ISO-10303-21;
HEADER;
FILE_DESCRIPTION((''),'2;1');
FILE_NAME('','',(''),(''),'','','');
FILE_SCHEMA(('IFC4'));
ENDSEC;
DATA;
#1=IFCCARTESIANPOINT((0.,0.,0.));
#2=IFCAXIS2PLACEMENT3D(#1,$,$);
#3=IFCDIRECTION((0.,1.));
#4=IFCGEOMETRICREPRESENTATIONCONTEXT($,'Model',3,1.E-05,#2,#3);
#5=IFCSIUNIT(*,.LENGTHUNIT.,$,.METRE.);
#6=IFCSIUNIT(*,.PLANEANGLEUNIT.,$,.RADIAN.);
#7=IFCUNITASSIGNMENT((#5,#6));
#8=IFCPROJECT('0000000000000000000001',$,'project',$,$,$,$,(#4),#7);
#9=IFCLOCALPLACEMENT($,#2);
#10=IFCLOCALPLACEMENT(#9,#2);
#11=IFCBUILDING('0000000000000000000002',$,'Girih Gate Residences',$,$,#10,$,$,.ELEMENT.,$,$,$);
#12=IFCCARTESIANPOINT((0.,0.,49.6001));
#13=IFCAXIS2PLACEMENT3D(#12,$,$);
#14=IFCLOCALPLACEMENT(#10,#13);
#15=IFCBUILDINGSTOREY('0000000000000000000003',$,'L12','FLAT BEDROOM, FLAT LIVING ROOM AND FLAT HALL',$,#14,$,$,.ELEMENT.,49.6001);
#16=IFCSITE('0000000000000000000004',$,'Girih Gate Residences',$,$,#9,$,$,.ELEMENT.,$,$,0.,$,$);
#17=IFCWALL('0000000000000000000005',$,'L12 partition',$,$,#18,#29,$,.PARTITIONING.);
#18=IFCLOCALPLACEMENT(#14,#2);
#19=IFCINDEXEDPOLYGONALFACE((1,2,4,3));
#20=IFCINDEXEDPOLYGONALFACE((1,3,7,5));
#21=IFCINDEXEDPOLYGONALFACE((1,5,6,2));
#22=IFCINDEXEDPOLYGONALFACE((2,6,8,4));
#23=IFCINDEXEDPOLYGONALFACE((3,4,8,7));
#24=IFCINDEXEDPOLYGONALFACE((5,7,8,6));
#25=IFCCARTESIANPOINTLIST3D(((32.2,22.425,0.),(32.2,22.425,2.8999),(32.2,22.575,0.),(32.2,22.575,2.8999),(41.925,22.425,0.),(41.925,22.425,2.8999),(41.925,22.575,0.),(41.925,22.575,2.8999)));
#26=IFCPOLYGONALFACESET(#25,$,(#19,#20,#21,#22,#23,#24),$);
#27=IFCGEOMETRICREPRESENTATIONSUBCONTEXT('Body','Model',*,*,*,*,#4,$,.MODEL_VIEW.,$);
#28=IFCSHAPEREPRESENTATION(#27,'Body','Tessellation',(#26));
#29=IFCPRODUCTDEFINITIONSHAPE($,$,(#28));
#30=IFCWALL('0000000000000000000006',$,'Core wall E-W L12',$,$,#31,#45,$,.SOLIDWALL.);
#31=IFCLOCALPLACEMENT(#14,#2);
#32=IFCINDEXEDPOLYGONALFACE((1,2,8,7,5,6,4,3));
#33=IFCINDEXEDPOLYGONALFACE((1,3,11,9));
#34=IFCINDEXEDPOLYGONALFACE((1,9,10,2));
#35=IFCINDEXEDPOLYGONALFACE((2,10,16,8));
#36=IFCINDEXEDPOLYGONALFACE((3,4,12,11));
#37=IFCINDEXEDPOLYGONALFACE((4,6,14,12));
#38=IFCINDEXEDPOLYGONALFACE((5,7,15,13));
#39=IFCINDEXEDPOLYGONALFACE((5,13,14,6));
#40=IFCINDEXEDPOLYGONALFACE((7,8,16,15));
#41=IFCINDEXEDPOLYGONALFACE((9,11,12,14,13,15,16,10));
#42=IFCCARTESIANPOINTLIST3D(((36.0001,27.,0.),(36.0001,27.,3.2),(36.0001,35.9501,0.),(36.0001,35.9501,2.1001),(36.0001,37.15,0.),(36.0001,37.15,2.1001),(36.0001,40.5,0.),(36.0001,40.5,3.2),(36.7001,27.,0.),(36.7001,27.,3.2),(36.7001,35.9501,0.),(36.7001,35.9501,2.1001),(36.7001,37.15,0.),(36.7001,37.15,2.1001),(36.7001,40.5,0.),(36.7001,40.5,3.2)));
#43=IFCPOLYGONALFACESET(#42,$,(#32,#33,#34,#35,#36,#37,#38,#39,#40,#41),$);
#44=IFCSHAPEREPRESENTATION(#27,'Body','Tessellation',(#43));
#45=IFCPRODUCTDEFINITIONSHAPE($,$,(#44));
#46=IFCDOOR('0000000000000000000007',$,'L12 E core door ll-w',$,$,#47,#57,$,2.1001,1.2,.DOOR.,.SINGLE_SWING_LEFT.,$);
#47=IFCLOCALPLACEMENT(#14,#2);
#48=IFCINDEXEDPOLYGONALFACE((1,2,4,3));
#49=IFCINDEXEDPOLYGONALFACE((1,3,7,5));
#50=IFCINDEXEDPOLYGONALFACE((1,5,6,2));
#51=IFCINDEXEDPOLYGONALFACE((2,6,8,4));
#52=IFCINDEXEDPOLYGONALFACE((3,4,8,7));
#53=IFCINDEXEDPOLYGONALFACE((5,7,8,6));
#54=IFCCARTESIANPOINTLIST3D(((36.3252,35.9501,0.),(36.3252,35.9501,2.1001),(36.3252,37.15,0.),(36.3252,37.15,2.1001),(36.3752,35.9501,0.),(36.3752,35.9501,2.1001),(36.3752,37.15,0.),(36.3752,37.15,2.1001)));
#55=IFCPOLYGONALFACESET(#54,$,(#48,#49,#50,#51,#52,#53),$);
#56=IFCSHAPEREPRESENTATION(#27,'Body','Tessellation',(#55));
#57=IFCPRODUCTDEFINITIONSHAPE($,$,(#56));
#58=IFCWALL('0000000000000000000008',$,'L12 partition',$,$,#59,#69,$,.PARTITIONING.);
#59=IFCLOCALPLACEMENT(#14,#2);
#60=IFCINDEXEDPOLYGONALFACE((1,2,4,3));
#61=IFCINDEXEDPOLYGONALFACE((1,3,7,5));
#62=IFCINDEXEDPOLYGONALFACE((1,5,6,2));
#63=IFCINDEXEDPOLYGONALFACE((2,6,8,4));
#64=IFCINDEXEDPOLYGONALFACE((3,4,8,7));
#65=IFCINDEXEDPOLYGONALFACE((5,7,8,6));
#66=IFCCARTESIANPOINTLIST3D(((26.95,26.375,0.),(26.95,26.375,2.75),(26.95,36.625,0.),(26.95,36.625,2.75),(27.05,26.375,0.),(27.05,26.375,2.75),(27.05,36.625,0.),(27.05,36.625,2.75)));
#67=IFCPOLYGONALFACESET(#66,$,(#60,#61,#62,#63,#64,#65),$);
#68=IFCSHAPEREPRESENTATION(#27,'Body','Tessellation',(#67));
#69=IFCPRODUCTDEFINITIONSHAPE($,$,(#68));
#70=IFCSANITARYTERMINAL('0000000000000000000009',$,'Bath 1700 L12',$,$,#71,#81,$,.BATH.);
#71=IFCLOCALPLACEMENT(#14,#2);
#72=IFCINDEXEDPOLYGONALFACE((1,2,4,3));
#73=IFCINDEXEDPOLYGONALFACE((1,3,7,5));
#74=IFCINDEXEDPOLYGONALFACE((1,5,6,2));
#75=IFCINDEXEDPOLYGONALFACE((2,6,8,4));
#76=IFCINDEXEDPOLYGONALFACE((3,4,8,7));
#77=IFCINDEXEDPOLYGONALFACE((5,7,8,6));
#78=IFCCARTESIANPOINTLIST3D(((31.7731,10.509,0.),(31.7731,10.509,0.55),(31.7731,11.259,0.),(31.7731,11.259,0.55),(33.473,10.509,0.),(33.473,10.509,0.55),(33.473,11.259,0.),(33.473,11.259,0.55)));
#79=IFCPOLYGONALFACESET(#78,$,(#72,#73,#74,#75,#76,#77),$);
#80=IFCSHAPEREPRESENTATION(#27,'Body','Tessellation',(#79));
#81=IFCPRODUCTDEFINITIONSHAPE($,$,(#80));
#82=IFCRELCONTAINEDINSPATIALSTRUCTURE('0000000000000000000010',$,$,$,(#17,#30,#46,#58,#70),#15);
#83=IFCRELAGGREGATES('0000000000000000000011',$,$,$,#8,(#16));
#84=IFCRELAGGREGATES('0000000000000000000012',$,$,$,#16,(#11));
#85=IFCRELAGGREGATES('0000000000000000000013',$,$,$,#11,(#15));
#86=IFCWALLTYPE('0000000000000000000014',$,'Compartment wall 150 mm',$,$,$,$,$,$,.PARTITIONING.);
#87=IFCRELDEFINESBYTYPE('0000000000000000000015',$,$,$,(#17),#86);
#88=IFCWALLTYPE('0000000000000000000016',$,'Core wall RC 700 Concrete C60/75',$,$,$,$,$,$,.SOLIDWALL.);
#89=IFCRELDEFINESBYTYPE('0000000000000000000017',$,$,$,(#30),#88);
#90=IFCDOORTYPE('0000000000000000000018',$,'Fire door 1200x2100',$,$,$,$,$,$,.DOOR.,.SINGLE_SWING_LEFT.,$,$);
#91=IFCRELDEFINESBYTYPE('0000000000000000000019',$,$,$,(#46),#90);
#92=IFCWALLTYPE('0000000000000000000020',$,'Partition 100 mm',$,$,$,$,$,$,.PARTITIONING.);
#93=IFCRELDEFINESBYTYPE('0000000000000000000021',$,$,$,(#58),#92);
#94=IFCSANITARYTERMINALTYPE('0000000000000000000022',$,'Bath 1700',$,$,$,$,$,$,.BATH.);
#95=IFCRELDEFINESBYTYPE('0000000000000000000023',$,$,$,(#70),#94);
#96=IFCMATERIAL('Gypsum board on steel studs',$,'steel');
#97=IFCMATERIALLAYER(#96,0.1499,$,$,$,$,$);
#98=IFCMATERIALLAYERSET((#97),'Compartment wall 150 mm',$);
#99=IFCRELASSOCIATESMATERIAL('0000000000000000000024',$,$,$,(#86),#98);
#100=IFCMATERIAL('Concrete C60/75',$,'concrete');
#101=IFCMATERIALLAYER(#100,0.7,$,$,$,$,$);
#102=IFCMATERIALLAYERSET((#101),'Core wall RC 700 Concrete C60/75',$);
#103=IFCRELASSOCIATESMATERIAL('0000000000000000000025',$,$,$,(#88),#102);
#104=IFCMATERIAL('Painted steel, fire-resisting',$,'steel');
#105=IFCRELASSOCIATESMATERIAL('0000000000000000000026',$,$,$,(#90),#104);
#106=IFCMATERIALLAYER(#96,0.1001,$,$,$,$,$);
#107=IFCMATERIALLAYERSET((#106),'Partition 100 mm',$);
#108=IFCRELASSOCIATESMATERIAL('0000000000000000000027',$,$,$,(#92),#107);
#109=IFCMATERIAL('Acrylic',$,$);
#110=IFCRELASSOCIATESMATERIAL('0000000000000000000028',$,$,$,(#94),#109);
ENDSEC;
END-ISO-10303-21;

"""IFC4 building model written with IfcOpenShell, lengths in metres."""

from ifc_helpers import new_model, si_unit, direction, frame, frame_2d, origin, origin_2d, place, context, subcontext, project, spatial, rectangle, extrude, material, layer, layer_set, type_object, element, fill, save


model = new_model("IFC4")

# Units and contexts
model_context = context("Model", 3, precision=1e-05, world=origin(), true_north=direction((0.0, 1.0)))
body_context = subcontext(model_context, "Body", "Model", "MODEL_VIEW")
ifc_project = project(units=[si_unit("LENGTHUNIT", "METRE"), si_unit("PLANEANGLEUNIT", "RADIAN")], contexts=[model_context])

# Site, building, storey
site_placement = place(None, origin())
site = spatial("IfcSite", under=ifc_project, at=site_placement, Name="Girih Gate Residences", CompositionType="ELEMENT", RefElevation=0.0)
building_placement = place(site_placement, origin())
building = spatial("IfcBuilding", under=site, at=building_placement, Name="Girih Gate Residences", CompositionType="ELEMENT")
storey_placement = place(building_placement, frame((0.0, 0.0, 49.6001)))
storey = spatial("IfcBuildingStorey", under=building, at=storey_placement, Name="L12", Description="FLAT BEDROOM, FLAT LIVING ROOM AND FLAT HALL", CompositionType="ELEMENT", Elevation=49.6001)

# Shared definitions
ifc_material_1 = material(Name="Concrete C60/75", Category="concrete")

# Shared definitions
ifc_material_2 = material(Name="Gypsum board on steel studs", Category="steel")
ifc_layer_1 = layer(ifc_material_2, 0.1499)
ifc_layer_set_1 = layer_set([ifc_layer_1], Name="Compartment wall 150 mm")
wall_type_1 = type_object("IfcWallType", Name="Compartment wall 150 mm", PredefinedType="PARTITIONING", material=ifc_layer_set_1)

# Wall
wall_1_placement = place(storey_placement, frame((32.2, 22.5, 0.0), z_axis=(0.0, 0.0, 1.0), x_axis=(1.0, 0.0, 0.0)))
element("IfcWall", 1, at=wall_1_placement, inside=storey, type_object=wall_type_1, Name="L12 partition", PredefinedType="PARTITIONING", context=body_context, shape_type="SweptSolid", body=[
    extrude(rectangle(XDim=9.7251, YDim=0.1499, at=frame_2d((4.8625, 0.0))), origin(), (0.0, 0.0, 1.0), 2.8999),
])

# Wall, opening, door
ifc_layer_2 = layer(ifc_material_1, 0.7)
ifc_layer_set_2 = layer_set([ifc_layer_2], Name="Core wall RC 700 Concrete C60/75")
wall_type_2 = type_object("IfcWallType", Name="Core wall RC 700 Concrete C60/75", PredefinedType="SOLIDWALL", material=ifc_layer_set_2)
wall_2_placement = place(storey_placement, frame((36.3501, 27.0, 0.0), z_axis=(0.0, 0.0, 1.0), x_axis=(0.0, 1.0, 0.0)))
wall_2 = element("IfcWall", 2, at=wall_2_placement, inside=storey, type_object=wall_type_2, Name="Core wall E-W L12", PredefinedType="SOLIDWALL", context=body_context, shape_type="SweptSolid", body=[
    extrude(rectangle(XDim=13.5, YDim=0.7, at=frame_2d((6.75, 0.0))), origin(), (0.0, 0.0, 1.0), 3.2),
])
opening_1_placement = place(wall_2_placement, frame((8.95, 0.0, 0.0)))
opening_1 = element("IfcOpeningElement", 3, at=opening_1_placement, cuts=wall_2, PredefinedType="OPENING", context=body_context, shape_type="SweptSolid", body=[
    extrude(rectangle(XDim=1.2, YDim=2.1001, at=frame_2d((0.6001, 1.05))), frame((0.0, 0.3599, 0.0), z_axis=(0.0, -1.0, 0.0), x_axis=(1.0, 0.0, 0.0)), (0.0, 0.0, 1.0), 0.72),
])
ifc_material_3 = material(Name="Painted steel, fire-resisting", Category="steel")
door_type_1 = type_object("IfcDoorType", Name="Fire door 1200x2100", OperationType="SINGLE_SWING_LEFT", PredefinedType="DOOR", material=ifc_material_3)
door_1_placement = place(opening_1_placement, origin())
door_1 = element("IfcDoor", 4, at=door_1_placement, inside=storey, type_object=door_type_1, Name="L12 E core door ll-w", OperationType="SINGLE_SWING_LEFT", OverallHeight=2.1001, OverallWidth=1.2, PredefinedType="DOOR", context=body_context, shape_type="SweptSolid", body=[
    extrude(rectangle(XDim=1.2, YDim=2.1001, at=frame_2d((0.6001, 1.05))), frame((0.0, 0.0249, 0.0), z_axis=(0.0, -1.0, 0.0), x_axis=(1.0, 0.0, 0.0)), (0.0, 0.0, 1.0), 0.05),
])
fill(opening_1, door_1)

# Wall
ifc_layer_3 = layer(ifc_material_2, 0.1001)
ifc_layer_set_3 = layer_set([ifc_layer_3], Name="Partition 100 mm")
wall_type_3 = type_object("IfcWallType", Name="Partition 100 mm", PredefinedType="PARTITIONING", material=ifc_layer_set_3)
wall_3_placement = place(storey_placement, frame((27.0, 26.375, 0.0), z_axis=(0.0, 0.0, 1.0), x_axis=(0.0, 1.0, 0.0)))
element("IfcWall", 5, at=wall_3_placement, inside=storey, type_object=wall_type_3, Name="L12 partition", PredefinedType="PARTITIONING", context=body_context, shape_type="SweptSolid", body=[
    extrude(rectangle(XDim=10.25, YDim=0.1001, at=frame_2d((5.125, 0.0))), origin(), (0.0, 0.0, 1.0), 2.75),
])

# Sanitary terminal
ifc_material_4 = material(Name="Acrylic")
sanitary_terminal_type = type_object("IfcSanitaryTerminalType", Name="Bath 1700", PredefinedType="BATH", material=ifc_material_4)
sanitary_terminal_placement = place(storey_placement, frame((32.623, 10.884, 0.0), z_axis=(0.0, 0.0, 1.0), x_axis=(1.0, 0.0, 0.0)))
element("IfcSanitaryTerminal", 6, at=sanitary_terminal_placement, inside=storey, type_object=sanitary_terminal_type, Name="Bath 1700 L12", PredefinedType="BATH", context=body_context, shape_type="SweptSolid", body=[
    extrude(rectangle(XDim=1.7, YDim=0.75, at=origin_2d()), origin(), (0.0, 0.0, 1.0), 0.55),
])

save(model, "model.ifc")
